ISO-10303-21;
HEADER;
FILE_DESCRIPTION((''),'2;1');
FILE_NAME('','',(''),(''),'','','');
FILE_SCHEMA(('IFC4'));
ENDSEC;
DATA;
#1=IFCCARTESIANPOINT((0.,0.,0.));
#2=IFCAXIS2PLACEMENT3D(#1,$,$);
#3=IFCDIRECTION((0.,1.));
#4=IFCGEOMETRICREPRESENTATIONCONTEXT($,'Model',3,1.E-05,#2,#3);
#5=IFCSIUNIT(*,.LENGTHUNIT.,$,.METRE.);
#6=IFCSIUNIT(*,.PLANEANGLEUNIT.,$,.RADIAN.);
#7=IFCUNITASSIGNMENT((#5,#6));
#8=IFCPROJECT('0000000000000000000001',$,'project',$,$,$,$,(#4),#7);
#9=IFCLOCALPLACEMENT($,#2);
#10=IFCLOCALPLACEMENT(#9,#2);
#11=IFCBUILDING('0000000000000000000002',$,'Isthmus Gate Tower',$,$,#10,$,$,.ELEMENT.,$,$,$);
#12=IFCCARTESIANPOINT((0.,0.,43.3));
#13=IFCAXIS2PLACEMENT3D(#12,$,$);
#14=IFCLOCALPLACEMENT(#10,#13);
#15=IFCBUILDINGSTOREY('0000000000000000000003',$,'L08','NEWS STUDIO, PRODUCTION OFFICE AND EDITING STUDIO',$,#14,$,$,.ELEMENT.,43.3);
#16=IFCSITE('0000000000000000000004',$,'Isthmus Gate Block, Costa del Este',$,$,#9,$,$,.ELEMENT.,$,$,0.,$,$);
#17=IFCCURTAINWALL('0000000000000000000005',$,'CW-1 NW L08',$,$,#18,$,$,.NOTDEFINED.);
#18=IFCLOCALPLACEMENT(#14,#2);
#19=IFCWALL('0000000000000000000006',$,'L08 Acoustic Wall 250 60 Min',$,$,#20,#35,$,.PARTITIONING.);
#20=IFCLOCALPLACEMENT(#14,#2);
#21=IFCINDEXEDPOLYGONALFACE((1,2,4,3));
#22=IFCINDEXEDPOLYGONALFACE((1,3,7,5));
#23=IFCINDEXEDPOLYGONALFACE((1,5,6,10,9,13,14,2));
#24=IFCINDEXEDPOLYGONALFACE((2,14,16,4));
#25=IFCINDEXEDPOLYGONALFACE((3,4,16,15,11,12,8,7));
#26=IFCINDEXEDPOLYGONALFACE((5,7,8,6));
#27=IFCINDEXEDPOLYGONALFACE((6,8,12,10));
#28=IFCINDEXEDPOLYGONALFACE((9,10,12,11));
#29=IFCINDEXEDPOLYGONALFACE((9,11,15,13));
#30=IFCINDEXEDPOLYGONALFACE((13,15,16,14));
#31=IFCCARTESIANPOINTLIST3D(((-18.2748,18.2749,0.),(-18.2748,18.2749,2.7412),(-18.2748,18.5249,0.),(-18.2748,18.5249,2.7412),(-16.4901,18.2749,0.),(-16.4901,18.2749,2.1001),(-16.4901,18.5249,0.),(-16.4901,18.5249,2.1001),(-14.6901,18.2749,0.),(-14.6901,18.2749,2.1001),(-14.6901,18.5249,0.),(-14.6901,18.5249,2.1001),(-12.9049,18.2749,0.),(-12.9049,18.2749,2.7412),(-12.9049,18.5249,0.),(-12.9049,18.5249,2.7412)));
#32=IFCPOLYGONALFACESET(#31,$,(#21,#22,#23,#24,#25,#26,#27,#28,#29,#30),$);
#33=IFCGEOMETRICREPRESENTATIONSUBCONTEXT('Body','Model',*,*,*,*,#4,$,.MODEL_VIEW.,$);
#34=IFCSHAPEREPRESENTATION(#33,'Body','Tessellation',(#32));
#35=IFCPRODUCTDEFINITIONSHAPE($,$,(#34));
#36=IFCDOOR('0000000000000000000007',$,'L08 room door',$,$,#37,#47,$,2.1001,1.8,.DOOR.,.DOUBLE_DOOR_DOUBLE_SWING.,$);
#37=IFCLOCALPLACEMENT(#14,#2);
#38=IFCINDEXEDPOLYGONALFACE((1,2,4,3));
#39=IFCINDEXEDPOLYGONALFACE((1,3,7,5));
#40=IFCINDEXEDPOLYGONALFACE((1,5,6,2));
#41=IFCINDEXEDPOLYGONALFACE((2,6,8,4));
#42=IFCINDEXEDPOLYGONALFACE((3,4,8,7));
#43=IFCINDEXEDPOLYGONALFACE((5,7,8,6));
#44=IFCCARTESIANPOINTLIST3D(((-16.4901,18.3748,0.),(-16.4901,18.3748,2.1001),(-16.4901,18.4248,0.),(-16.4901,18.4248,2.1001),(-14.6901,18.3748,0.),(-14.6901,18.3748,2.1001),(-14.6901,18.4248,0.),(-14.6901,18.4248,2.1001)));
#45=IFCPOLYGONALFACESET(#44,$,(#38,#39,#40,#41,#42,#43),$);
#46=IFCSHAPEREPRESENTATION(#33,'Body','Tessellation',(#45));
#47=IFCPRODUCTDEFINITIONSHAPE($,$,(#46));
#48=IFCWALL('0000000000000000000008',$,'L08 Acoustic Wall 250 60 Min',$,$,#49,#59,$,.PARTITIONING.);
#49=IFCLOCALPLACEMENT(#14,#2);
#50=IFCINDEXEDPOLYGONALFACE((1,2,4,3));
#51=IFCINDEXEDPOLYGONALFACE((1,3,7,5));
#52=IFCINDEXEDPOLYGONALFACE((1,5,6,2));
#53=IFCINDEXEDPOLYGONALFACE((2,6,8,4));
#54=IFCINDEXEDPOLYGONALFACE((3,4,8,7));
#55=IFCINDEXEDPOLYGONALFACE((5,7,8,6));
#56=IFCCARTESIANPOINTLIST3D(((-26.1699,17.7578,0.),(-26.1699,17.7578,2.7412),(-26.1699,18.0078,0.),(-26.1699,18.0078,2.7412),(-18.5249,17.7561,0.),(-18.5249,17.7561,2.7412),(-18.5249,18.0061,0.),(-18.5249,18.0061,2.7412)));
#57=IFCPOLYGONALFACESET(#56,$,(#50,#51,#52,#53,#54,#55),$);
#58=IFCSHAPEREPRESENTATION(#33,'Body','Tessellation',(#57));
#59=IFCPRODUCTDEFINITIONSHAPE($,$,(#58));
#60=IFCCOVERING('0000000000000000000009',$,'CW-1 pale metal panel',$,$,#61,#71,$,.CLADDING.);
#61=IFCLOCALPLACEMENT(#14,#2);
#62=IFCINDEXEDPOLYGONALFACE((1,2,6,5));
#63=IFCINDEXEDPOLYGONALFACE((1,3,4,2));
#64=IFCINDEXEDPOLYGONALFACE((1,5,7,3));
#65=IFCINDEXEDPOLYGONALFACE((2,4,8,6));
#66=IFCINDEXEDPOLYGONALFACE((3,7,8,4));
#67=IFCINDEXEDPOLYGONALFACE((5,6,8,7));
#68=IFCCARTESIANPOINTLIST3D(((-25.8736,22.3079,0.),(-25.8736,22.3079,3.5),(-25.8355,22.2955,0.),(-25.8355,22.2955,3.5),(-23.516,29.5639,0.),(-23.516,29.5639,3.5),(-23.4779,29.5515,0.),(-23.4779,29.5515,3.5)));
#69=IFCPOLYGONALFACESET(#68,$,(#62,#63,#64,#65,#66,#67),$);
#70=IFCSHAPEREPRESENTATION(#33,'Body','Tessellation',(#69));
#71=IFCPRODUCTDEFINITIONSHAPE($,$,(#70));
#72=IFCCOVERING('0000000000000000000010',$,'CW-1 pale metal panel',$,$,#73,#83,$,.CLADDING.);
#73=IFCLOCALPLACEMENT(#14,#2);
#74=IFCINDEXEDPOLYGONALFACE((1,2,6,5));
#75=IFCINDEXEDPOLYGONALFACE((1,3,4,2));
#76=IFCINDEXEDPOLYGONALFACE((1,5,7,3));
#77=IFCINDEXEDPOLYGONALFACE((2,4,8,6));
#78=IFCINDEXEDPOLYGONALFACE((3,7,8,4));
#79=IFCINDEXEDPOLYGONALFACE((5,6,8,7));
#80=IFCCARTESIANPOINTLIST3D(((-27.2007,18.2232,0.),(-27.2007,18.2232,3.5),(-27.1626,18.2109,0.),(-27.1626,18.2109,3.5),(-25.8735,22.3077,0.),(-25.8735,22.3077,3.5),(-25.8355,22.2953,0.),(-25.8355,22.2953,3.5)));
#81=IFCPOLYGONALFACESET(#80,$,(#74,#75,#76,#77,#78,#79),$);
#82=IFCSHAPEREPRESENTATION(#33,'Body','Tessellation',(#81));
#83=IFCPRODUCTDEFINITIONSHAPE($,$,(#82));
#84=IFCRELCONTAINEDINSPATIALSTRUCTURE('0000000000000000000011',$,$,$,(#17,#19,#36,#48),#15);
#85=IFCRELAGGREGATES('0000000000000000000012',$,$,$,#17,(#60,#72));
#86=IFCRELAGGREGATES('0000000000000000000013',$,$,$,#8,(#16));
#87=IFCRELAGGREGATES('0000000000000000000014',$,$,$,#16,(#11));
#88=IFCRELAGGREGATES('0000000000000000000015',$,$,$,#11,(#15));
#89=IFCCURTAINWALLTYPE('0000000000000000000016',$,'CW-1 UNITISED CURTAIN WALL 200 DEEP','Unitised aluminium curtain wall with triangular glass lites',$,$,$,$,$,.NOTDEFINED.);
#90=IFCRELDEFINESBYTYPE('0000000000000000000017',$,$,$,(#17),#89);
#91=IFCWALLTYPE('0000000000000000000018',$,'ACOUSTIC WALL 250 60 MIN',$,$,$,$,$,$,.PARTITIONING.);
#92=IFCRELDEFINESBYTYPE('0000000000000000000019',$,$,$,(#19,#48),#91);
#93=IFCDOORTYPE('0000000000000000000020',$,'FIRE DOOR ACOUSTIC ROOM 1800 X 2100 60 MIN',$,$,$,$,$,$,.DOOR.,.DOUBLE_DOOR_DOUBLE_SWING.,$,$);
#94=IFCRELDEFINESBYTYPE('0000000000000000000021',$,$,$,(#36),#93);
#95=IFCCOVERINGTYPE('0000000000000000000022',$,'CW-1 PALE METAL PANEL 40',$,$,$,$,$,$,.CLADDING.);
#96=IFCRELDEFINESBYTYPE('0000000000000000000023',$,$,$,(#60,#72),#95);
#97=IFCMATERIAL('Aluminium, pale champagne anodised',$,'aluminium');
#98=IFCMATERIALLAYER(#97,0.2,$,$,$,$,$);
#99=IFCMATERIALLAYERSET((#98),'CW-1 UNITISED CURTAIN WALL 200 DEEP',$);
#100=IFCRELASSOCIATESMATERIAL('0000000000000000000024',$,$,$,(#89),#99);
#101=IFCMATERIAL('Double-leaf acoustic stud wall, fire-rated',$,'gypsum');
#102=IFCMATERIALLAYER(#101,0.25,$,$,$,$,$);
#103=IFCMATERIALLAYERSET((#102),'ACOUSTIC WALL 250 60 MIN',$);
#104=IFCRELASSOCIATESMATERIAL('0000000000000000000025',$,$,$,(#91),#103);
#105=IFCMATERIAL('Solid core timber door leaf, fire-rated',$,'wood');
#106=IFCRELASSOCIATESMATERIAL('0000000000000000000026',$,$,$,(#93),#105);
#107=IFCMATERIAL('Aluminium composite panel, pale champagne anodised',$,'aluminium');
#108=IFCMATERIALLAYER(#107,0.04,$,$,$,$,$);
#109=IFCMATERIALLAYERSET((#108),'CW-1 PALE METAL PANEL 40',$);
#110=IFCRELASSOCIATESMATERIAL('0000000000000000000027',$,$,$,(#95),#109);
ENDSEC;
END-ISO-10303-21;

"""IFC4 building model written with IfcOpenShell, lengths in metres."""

from ifc_helpers import new_model, si_unit, direction, frame, frame_2d, origin, origin_2d, place, context, subcontext, project, spatial, rectangle, extrude, material, layer, layer_set, type_object, element, fill, aggregate, save


model = new_model("IFC4")

# Units and contexts
model_context = context("Model", 3, precision=1e-05, world=origin(), true_north=direction((0.0, 1.0)))
body_context = subcontext(model_context, "Body", "Model", "MODEL_VIEW")
ifc_project = project(units=[si_unit("LENGTHUNIT", "METRE"), si_unit("PLANEANGLEUNIT", "RADIAN")], contexts=[model_context])

# Site, building, storey
site_placement = place(None, origin())
site = spatial("IfcSite", under=ifc_project, at=site_placement, Name="Isthmus Gate Block, Costa del Este", CompositionType="ELEMENT", RefElevation=0.0)
building_placement = place(site_placement, origin())
building = spatial("IfcBuilding", under=site, at=building_placement, Name="Isthmus Gate Tower", CompositionType="ELEMENT")
storey_placement = place(building_placement, frame((0.0, 0.0, 43.3)))
storey = spatial("IfcBuildingStorey", under=building, at=storey_placement, Name="L08", Description="NEWS STUDIO, PRODUCTION OFFICE AND EDITING STUDIO", CompositionType="ELEMENT", Elevation=43.3)

# Shared definitions
ifc_material_1 = material(Name="Aluminium, pale champagne anodised", Category="aluminium")
ifc_layer_1 = layer(ifc_material_1, 0.2)
ifc_layer_set_1 = layer_set([ifc_layer_1], Name="CW-1 UNITISED CURTAIN WALL 200 DEEP")
curtain_wall_type = type_object("IfcCurtainWallType", Name="CW-1 UNITISED CURTAIN WALL 200 DEEP", Description="Unitised aluminium curtain wall with triangular glass lites", PredefinedType="NOTDEFINED", material=ifc_layer_set_1)

# Curtain wall
curtain_wall_1_placement = place(storey_placement, origin())
curtain_wall_1 = element("IfcCurtainWall", 1, at=curtain_wall_1_placement, inside=storey, type_object=curtain_wall_type, Name="CW-1 NW L08", PredefinedType="NOTDEFINED")

# Shared definitions
ifc_material_2 = material(Name="Double-leaf acoustic stud wall, fire-rated", Category="gypsum")
ifc_layer_2 = layer(ifc_material_2, 0.25)
ifc_layer_set_2 = layer_set([ifc_layer_2], Name="ACOUSTIC WALL 250 60 MIN")
wall_type = type_object("IfcWallType", Name="ACOUSTIC WALL 250 60 MIN", PredefinedType="PARTITIONING", material=ifc_layer_set_2)

# Wall, opening, door
wall_1_placement = place(storey_placement, frame((-18.2749, 18.3999, 0.0), z_axis=(0.0, 0.0, 1.0), x_axis=(1.0, 0.0, 0.0)))
wall_1 = element("IfcWall", 2, at=wall_1_placement, inside=storey, type_object=wall_type, Name="L08 Acoustic Wall 250 60 Min", PredefinedType="PARTITIONING", context=body_context, shape_type="SweptSolid", body=[
    extrude(rectangle(XDim=5.3699, YDim=0.25, at=frame_2d((2.6851, 0.0))), origin(), (0.0, 0.0, 1.0), 2.7412),
])
opening_placement = place(wall_1_placement, frame((1.7849, 0.0, 0.0)))
opening = element("IfcOpeningElement", 3, at=opening_placement, cuts=wall_1, PredefinedType="OPENING", context=body_context, shape_type="SweptSolid", body=[
    extrude(rectangle(XDim=1.8, YDim=2.1001, at=frame_2d((0.8999, 1.05))), frame((0.0, 0.135, 0.0), z_axis=(0.0, -1.0, 0.0), x_axis=(1.0, 0.0, 0.0)), (0.0, 0.0, 1.0), 0.27),
])
ifc_material_3 = material(Name="Solid core timber door leaf, fire-rated", Category="wood")
door_type = type_object("IfcDoorType", Name="FIRE DOOR ACOUSTIC ROOM 1800 X 2100 60 MIN", OperationType="DOUBLE_DOOR_DOUBLE_SWING", PredefinedType="DOOR", material=ifc_material_3)
door_placement = place(opening_placement, origin())
door = element("IfcDoor", 4, at=door_placement, inside=storey, type_object=door_type, Name="L08 room door", OperationType="DOUBLE_DOOR_DOUBLE_SWING", OverallHeight=2.1001, OverallWidth=1.8, PredefinedType="DOOR", context=body_context, shape_type="SweptSolid", body=[
    extrude(rectangle(XDim=1.8, YDim=2.1001, at=frame_2d((0.8999, 1.05))), frame((0.0, 0.0249, 0.0), z_axis=(0.0, -1.0, 0.0), x_axis=(1.0, 0.0, 0.0)), (0.0, 0.0, 1.0), 0.05),
])
fill(opening, door)

# Wall
wall_2_placement = place(storey_placement, frame((-26.1699, 17.8828, 0.0), z_axis=(0.0, 0.0, 1.0), x_axis=(1.0, -0.000224, 0.0)))
element("IfcWall", 5, at=wall_2_placement, inside=storey, type_object=wall_type, Name="L08 Acoustic Wall 250 60 Min", PredefinedType="PARTITIONING", context=body_context, shape_type="SweptSolid", body=[
    extrude(rectangle(XDim=7.645, YDim=0.25, at=frame_2d((3.8225, 0.0))), origin(), (0.0, 0.0, 1.0), 2.7412),
])

# Coverings
ifc_material_4 = material(Name="Aluminium composite panel, pale champagne anodised", Category="aluminium")
ifc_layer_3 = layer(ifc_material_4, 0.04)
ifc_layer_set_3 = layer_set([ifc_layer_3], Name="CW-1 PALE METAL PANEL 40")
covering_type = type_object("IfcCoveringType", Name="CW-1 PALE METAL PANEL 40", PredefinedType="CLADDING", material=ifc_layer_set_3)
covering_1_placement = place(storey_placement, frame((-24.6758, 25.9297, 0.0), z_axis=(0.0, 0.0, 1.0), x_axis=(-0.309017, -0.951057, 0.0)))
covering_1 = element("IfcCovering", 6, at=covering_1_placement, type_object=covering_type, Name="CW-1 pale metal panel", PredefinedType="CLADDING", context=body_context, shape_type="SweptSolid", body=[
    extrude(rectangle(XDim=7.6294, YDim=0.04, at=origin_2d()), origin(), (0.0, 0.0, 1.0), 3.5),
])
covering_2_placement = place(storey_placement, frame((-26.5181, 20.2593, 0.0), z_axis=(0.0, 0.0, 1.0), x_axis=(-0.309017, -0.951057, 0.0)))
covering_2 = element("IfcCovering", 7, at=covering_2_placement, type_object=covering_type, Name="CW-1 pale metal panel", PredefinedType="CLADDING", context=body_context, shape_type="SweptSolid", body=[
    extrude(rectangle(XDim=4.2947, YDim=0.04, at=origin_2d()), origin(), (0.0, 0.0, 1.0), 3.5),
])
aggregate(curtain_wall_1, [covering_1, covering_2])

save(model, "model.ifc")
